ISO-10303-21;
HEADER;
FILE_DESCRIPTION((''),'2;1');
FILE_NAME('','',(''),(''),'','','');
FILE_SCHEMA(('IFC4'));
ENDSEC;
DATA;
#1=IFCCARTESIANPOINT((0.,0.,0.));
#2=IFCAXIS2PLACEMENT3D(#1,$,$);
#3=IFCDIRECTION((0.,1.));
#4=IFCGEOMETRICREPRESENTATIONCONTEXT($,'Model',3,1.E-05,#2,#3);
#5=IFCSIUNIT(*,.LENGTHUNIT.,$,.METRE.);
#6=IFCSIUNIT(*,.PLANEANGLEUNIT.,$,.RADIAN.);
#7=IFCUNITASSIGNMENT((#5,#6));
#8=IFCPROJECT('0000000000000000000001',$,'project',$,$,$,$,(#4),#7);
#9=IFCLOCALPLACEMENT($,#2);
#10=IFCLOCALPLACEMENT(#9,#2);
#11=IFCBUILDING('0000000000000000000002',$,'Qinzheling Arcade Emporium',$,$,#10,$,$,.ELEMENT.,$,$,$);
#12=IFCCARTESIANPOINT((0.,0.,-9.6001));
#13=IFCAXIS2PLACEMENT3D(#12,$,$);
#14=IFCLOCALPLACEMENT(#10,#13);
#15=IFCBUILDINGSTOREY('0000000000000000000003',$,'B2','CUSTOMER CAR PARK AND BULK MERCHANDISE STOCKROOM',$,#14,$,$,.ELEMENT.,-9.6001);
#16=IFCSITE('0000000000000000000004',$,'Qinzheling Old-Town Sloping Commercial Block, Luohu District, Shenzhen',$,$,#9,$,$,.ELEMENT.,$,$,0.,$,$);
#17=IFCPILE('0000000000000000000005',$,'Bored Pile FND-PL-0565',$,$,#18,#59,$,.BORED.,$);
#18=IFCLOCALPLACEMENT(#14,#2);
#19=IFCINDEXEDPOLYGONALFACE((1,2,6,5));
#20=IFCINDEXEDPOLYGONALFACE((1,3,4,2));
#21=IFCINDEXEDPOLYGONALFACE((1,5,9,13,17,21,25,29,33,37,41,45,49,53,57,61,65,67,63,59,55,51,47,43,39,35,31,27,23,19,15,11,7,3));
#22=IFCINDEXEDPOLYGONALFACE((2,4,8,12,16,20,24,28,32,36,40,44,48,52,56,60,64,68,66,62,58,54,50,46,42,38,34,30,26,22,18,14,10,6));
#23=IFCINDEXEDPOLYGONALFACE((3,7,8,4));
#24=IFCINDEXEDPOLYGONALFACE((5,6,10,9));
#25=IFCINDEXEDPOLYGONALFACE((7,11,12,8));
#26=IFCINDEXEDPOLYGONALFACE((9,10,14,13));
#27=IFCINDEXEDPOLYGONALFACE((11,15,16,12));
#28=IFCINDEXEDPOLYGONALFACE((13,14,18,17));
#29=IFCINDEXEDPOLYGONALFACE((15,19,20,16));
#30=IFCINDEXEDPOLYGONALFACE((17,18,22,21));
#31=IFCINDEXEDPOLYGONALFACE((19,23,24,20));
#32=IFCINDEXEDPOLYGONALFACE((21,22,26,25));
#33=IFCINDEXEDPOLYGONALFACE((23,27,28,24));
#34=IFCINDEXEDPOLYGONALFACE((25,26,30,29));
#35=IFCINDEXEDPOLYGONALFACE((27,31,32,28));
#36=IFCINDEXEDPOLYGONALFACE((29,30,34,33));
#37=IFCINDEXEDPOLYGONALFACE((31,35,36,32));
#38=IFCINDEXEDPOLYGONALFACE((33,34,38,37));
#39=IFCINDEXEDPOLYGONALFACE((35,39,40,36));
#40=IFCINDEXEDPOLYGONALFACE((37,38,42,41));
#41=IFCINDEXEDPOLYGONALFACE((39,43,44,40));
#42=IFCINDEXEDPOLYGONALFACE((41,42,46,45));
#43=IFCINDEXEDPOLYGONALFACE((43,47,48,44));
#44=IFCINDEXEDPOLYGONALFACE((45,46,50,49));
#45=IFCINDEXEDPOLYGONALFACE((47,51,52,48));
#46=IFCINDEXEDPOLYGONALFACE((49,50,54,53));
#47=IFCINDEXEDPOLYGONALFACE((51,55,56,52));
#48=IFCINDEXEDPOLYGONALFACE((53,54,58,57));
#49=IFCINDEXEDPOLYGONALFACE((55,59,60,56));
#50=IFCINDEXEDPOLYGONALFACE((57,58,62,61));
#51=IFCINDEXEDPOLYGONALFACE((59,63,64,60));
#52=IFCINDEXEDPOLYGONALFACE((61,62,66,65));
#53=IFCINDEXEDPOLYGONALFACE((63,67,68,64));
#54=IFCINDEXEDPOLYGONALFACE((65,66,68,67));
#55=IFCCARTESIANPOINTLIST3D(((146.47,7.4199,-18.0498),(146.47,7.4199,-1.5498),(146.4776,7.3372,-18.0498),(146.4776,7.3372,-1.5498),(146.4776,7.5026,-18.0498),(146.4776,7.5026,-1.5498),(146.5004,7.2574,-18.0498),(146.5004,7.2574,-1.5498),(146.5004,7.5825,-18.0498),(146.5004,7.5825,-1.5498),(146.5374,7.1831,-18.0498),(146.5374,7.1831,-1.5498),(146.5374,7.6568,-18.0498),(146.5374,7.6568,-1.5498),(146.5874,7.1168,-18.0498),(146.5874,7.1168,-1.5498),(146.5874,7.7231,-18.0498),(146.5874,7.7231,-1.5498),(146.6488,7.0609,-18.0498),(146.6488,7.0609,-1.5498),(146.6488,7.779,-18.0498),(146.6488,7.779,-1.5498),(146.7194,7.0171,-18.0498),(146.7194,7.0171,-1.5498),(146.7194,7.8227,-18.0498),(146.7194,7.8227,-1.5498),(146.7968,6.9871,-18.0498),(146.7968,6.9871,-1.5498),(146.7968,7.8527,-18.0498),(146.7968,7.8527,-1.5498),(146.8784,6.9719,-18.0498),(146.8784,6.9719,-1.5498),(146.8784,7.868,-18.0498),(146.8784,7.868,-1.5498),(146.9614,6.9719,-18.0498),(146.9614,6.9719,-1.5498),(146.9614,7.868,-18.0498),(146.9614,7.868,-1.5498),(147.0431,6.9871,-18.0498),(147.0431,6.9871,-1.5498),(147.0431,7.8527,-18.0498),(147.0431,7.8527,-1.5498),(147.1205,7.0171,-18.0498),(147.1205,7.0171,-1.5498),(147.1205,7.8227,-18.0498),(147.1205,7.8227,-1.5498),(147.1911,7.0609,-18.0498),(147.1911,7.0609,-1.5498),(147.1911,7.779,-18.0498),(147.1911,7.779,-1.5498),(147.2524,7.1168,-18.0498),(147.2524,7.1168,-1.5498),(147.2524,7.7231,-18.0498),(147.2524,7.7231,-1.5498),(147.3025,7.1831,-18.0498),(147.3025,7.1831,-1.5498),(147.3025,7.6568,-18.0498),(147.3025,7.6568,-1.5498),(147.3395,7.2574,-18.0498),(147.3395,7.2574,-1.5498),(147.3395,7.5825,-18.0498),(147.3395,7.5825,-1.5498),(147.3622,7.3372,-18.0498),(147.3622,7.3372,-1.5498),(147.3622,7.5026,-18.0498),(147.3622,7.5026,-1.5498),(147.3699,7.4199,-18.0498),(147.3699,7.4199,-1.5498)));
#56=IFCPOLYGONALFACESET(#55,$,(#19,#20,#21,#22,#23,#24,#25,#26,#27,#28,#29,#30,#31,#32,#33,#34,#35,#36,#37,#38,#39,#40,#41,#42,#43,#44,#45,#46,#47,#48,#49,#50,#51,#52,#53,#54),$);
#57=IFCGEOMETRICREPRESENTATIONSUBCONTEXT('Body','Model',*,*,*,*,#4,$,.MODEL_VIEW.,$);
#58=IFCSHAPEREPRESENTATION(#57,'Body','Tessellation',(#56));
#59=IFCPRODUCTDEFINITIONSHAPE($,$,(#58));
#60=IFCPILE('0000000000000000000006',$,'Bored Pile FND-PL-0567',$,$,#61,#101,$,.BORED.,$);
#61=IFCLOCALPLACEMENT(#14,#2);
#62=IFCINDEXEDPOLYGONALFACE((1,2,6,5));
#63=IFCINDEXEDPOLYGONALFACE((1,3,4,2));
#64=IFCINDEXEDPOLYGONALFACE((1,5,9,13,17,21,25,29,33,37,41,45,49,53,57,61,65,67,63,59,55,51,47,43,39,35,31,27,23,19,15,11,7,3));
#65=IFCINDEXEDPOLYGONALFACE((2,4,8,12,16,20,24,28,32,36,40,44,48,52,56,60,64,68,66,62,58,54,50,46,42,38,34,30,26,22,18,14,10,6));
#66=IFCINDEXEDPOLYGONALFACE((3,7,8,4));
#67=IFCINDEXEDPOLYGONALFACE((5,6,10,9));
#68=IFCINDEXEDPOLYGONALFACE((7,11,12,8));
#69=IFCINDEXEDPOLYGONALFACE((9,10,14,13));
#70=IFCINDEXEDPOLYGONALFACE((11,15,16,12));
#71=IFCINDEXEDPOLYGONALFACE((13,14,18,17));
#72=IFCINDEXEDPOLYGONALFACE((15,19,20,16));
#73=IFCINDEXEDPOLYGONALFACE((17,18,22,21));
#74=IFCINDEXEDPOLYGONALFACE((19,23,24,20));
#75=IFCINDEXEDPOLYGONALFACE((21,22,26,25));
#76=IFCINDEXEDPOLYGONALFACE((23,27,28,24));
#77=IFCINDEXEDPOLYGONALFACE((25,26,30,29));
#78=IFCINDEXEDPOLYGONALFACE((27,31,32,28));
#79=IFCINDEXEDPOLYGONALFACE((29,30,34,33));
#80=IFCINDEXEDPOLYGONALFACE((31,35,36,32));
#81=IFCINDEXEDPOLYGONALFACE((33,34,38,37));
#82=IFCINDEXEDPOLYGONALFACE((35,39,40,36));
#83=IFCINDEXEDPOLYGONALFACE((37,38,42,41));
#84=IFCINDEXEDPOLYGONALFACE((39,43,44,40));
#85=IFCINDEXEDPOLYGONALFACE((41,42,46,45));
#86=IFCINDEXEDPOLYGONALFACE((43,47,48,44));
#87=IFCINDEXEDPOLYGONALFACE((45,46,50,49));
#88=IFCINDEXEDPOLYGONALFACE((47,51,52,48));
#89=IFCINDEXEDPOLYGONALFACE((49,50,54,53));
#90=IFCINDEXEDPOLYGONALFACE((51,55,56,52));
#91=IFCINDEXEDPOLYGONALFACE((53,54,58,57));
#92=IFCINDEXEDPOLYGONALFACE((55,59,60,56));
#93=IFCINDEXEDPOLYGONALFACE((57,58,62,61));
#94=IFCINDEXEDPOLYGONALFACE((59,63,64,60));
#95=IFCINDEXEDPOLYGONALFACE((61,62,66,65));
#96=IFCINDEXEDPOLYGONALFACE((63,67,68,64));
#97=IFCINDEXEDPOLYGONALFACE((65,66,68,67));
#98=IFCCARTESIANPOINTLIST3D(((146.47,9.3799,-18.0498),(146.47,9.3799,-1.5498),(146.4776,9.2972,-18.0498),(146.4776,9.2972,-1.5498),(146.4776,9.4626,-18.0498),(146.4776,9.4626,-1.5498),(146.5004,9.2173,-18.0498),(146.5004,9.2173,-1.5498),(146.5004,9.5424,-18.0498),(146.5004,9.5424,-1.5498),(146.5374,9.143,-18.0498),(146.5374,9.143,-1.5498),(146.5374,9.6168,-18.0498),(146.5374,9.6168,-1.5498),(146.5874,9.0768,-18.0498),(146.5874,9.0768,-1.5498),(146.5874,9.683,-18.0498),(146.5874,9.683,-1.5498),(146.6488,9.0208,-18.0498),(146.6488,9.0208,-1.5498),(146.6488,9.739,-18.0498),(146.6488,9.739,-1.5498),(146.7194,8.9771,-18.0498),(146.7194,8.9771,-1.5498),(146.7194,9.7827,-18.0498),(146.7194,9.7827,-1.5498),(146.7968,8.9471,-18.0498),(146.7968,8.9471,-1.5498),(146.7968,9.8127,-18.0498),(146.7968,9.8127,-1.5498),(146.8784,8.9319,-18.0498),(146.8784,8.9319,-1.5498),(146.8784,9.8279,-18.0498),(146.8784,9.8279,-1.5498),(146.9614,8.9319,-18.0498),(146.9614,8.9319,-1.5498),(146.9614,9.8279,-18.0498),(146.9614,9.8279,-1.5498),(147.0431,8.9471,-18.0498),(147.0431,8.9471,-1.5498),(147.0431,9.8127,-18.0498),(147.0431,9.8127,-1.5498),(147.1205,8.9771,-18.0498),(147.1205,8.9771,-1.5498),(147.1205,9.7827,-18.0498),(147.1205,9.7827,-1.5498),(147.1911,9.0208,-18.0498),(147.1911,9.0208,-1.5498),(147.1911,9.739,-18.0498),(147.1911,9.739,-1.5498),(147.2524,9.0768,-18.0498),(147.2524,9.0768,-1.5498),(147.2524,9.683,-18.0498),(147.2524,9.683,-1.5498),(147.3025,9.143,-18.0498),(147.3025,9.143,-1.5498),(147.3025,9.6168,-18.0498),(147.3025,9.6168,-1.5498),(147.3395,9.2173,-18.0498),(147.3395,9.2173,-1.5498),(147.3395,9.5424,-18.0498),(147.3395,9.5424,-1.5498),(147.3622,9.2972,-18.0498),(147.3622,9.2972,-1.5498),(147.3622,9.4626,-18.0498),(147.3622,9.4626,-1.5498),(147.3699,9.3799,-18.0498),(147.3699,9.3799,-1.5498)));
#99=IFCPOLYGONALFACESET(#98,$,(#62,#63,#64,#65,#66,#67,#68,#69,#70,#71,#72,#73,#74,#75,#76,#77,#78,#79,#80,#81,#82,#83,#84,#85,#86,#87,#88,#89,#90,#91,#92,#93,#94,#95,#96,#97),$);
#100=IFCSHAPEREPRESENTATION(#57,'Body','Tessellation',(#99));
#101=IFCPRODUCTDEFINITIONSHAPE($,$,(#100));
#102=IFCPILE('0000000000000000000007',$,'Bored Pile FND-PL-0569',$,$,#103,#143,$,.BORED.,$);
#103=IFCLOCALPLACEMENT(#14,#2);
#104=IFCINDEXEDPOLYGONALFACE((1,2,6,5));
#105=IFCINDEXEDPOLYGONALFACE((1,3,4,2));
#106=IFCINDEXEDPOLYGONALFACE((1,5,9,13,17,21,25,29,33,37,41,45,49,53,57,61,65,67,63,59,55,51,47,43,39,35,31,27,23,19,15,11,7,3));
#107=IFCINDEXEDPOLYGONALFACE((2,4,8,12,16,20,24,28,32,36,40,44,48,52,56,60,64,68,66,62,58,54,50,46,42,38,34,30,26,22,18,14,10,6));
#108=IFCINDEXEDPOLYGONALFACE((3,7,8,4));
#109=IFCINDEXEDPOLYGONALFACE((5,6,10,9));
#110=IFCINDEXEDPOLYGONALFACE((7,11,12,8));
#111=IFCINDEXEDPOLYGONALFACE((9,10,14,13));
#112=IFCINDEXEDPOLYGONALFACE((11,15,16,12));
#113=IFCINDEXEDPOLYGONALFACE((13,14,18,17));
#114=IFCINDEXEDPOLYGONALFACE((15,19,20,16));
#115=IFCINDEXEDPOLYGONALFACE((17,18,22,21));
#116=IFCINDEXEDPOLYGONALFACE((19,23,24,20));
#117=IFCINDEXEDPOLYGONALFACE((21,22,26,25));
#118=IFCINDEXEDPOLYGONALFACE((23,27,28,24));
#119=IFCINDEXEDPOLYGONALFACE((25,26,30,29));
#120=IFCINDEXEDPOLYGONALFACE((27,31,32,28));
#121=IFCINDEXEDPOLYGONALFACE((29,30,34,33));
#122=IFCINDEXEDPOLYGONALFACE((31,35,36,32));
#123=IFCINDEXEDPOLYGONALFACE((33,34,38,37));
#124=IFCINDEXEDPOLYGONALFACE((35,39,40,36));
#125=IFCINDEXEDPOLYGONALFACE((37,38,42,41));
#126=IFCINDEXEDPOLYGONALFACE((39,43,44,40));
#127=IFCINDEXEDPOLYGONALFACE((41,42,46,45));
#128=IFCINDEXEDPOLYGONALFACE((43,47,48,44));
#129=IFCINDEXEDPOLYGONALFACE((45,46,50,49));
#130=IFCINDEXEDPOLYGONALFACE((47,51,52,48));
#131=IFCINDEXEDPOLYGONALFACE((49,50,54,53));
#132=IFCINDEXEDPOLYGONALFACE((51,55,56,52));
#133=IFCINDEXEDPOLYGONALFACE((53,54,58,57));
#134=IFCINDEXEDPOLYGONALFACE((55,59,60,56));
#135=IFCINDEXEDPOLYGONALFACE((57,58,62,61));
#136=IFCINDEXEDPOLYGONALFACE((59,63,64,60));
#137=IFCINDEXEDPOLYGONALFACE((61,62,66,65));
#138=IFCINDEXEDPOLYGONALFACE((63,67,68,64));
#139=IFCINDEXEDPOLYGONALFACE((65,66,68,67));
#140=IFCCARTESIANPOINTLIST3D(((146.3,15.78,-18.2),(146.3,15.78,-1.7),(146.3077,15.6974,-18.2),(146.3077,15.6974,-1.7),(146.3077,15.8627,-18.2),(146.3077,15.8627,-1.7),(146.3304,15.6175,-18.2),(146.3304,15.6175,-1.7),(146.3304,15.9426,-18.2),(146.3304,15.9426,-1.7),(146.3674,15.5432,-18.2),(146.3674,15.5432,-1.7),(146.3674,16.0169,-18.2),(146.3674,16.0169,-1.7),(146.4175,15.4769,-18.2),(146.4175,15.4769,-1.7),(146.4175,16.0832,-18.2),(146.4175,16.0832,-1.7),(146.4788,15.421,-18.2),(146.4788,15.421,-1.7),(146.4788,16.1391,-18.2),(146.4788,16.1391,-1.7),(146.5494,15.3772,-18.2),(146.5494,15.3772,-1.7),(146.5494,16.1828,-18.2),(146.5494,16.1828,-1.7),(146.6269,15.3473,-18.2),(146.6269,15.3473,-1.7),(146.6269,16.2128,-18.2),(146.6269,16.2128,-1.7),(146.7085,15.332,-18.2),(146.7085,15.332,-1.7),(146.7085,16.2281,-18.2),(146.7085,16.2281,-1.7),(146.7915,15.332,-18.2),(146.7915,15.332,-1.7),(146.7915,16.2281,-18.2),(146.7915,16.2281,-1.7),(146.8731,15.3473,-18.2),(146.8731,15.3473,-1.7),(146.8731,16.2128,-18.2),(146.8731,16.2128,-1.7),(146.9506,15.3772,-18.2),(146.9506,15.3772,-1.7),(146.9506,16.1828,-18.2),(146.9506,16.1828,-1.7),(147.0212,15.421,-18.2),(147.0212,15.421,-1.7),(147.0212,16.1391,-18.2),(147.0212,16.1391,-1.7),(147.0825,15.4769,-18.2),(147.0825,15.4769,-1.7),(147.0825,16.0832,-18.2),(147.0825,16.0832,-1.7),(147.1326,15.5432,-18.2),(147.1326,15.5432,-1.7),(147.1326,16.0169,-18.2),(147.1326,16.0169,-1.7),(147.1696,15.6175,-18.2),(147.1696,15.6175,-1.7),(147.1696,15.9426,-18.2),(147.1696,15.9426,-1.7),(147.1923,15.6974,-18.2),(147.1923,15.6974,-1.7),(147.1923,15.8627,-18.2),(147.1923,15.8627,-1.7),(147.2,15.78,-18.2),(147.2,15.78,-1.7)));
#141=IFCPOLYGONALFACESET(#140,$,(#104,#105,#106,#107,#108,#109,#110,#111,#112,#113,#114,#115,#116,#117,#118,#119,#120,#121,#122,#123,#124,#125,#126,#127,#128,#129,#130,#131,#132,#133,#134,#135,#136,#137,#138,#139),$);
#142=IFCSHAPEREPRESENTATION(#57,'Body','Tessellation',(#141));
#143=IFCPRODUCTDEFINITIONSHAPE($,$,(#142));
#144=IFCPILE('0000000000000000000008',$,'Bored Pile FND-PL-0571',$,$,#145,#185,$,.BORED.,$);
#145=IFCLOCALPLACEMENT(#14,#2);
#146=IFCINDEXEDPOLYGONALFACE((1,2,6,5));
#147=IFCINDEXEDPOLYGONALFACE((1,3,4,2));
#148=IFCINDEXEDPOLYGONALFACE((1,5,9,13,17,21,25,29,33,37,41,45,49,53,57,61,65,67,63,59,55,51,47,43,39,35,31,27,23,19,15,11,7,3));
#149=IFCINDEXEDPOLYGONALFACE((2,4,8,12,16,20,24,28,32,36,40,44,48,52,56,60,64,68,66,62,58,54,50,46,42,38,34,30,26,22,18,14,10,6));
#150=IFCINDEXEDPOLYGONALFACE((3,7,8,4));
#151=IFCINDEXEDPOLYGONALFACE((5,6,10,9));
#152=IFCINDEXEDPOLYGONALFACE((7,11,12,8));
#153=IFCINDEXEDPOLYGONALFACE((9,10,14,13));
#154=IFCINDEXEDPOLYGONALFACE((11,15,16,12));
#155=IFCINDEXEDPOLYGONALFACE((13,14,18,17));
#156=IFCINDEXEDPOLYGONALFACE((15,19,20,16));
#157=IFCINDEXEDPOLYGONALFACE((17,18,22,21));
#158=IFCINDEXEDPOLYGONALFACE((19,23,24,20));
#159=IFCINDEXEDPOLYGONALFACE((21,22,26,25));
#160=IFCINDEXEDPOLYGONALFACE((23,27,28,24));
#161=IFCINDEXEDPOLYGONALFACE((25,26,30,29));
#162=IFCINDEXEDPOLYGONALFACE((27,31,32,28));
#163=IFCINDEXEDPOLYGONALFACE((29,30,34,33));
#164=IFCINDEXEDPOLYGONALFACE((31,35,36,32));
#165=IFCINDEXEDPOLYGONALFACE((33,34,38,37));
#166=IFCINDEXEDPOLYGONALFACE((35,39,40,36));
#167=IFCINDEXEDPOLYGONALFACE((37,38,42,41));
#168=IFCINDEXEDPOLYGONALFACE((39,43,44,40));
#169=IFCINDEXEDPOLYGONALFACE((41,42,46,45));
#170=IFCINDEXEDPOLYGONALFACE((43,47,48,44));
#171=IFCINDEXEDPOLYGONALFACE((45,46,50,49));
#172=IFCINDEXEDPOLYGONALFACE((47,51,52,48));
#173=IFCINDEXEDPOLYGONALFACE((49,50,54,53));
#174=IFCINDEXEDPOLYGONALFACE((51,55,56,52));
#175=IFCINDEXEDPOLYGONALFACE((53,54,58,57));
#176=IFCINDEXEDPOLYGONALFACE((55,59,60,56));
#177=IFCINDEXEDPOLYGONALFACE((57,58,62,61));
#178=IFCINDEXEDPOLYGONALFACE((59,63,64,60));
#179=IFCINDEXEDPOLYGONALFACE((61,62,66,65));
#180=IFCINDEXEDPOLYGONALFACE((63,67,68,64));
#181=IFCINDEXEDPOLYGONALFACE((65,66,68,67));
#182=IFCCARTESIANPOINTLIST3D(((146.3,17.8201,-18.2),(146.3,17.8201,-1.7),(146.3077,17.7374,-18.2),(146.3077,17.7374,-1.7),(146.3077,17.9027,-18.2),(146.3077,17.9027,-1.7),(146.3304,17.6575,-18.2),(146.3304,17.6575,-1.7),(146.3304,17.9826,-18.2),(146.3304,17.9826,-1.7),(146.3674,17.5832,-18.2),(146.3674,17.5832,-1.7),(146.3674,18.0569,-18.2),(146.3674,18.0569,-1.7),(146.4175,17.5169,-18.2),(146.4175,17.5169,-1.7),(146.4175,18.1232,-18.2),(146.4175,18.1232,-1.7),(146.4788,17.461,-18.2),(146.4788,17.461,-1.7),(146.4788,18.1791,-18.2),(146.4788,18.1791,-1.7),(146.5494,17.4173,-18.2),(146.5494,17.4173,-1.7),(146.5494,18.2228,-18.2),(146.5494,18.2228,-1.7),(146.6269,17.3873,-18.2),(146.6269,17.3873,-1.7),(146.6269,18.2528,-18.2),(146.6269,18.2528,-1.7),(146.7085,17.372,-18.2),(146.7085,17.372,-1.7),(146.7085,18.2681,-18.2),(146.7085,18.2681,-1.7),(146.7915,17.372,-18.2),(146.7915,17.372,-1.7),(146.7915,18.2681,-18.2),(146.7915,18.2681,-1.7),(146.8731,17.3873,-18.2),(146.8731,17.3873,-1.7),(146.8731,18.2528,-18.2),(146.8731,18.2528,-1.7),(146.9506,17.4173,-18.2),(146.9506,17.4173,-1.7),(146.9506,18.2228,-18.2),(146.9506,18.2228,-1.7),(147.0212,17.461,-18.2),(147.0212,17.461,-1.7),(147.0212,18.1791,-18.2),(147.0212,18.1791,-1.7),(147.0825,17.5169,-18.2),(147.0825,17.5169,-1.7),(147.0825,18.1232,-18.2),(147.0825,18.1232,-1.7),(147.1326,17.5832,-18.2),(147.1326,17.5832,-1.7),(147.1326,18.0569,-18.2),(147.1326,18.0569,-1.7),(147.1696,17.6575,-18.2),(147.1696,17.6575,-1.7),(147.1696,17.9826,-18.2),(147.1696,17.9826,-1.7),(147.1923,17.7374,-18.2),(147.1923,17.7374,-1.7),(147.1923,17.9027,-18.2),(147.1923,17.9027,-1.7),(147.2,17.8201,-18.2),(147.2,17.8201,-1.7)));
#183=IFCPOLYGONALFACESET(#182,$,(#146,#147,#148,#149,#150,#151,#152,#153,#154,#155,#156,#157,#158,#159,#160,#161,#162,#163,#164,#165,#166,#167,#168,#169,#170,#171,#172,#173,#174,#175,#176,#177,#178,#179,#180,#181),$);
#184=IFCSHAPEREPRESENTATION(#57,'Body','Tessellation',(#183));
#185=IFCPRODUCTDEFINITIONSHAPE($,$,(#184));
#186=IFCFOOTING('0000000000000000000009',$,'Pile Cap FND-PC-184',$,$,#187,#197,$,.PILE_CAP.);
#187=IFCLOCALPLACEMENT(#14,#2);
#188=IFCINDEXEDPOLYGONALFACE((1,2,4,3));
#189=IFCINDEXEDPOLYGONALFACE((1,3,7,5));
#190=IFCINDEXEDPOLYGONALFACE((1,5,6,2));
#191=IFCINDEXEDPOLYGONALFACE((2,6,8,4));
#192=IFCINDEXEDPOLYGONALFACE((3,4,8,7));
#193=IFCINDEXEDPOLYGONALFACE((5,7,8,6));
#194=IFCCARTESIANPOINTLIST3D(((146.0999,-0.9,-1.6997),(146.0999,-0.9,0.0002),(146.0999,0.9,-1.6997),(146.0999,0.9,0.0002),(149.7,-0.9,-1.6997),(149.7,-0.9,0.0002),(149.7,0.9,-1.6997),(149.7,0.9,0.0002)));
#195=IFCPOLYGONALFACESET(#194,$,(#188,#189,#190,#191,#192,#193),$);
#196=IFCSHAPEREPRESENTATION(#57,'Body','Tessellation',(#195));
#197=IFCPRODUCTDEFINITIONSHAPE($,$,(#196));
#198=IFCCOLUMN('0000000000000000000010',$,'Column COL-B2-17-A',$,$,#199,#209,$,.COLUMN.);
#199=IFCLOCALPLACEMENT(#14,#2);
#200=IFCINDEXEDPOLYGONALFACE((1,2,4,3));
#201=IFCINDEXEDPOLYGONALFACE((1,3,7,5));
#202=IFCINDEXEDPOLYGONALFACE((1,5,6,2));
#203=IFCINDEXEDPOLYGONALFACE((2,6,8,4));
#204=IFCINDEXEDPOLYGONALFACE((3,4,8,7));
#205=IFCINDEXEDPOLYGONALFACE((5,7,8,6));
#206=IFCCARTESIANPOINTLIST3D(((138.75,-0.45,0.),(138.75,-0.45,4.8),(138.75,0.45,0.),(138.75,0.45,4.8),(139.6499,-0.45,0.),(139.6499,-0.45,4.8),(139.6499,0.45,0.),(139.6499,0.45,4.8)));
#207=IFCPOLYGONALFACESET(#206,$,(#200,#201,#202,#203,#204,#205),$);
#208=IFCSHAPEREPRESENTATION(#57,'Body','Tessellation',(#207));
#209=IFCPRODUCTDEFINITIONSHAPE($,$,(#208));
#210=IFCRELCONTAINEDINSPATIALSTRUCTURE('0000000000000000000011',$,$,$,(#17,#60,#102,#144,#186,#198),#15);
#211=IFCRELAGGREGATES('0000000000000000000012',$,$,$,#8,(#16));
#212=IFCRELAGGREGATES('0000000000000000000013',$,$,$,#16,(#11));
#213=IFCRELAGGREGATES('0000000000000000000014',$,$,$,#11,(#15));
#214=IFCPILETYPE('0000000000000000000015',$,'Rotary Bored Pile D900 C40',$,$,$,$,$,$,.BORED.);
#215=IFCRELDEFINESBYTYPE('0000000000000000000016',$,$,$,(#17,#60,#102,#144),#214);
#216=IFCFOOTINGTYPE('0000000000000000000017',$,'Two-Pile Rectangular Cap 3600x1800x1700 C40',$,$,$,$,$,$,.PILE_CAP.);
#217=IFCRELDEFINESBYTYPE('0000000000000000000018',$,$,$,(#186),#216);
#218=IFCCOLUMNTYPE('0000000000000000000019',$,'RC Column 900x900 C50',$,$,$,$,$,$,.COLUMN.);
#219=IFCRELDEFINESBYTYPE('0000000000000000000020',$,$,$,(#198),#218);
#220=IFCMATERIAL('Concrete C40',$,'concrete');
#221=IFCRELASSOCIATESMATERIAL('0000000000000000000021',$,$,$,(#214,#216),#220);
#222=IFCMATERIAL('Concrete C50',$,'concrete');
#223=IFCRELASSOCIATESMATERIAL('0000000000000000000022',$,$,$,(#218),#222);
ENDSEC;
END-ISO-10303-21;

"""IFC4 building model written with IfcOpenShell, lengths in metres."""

from ifc_helpers import new_model, si_unit, direction, frame, origin, origin_2d, place, context, subcontext, project, spatial, rectangle, circle, extrude, material, material_profile, profile_set, type_object, element, save


model = new_model("IFC4")

# Units and contexts
model_context = context("Model", 3, precision=1e-05, world=origin(), true_north=direction((0.0, 1.0)))
body_context = subcontext(model_context, "Body", "Model", "MODEL_VIEW")
ifc_project = project(units=[si_unit("LENGTHUNIT", "METRE"), si_unit("PLANEANGLEUNIT", "RADIAN")], contexts=[model_context])

# Site, building, storey
site_placement = place(None, origin())
site = spatial("IfcSite", under=ifc_project, at=site_placement, Name="Qinzheling Old-Town Sloping Commercial Block, Luohu District, Shenzhen", CompositionType="ELEMENT", RefElevation=0.0)
building_placement = place(site_placement, origin())
building = spatial("IfcBuilding", under=site, at=building_placement, Name="Qinzheling Arcade Emporium", CompositionType="ELEMENT")
storey_placement = place(building_placement, frame((0.0, 0.0, -9.6001)))
storey = spatial("IfcBuildingStorey", under=building, at=storey_placement, Name="B2", Description="CUSTOMER CAR PARK AND BULK MERCHANDISE STOCKROOM", CompositionType="ELEMENT", Elevation=-9.6001)

# Shared definitions
ifc_material_1 = material(Name="Concrete C40", Category="concrete")

# Piles
ifc_material_profile_1 = material_profile(ifc_material_1, circle(Radius=0.45, at=origin_2d()), Name="BORED D900", Category="concrete")
ifc_profile_set_1 = profile_set([ifc_material_profile_1], Name="Concrete C40")
pile_type = type_object("IfcPileType", Name="Rotary Bored Pile D900 C40", PredefinedType="BORED", material=ifc_profile_set_1)
for number, where, z_axis, x_axis, name in (
    (1, (146.9199, 7.4199, -1.5498), (0.0, 0.0, -1.0), (1.0, 0.0, 0.0), "Bored Pile FND-PL-0565"),
    (2, (146.9199, 9.3799, -1.5498), (0.0, 0.0, -1.0), (1.0, 0.0, 0.0), "Bored Pile FND-PL-0567"),
    (3, (146.75, 15.78, -1.7), (0.0, 0.0, -1.0), (1.0, 0.0, 0.0), "Bored Pile FND-PL-0569"),
    (4, (146.75, 17.8201, -1.7), (0.0, 0.0, -1.0), (1.0, 0.0, 0.0), "Bored Pile FND-PL-0571"),
):
    element("IfcPile", number, at=place(storey_placement, frame(where, z_axis=z_axis, x_axis=x_axis)), inside=storey, type_object=pile_type, Name=name, PredefinedType="BORED", context=body_context, shape_type="SweptSolid", body=[
        extrude(circle(Radius=0.45, at=origin_2d()), origin(), (0.0, 0.0, 1.0), 16.5),
    ])

# Footing
footing_type_1 = type_object("IfcFootingType", Name="Two-Pile Rectangular Cap 3600x1800x1700 C40", PredefinedType="PILE_CAP", material=ifc_material_1)
footing_1_placement = place(storey_placement, frame((147.8999, 0.0, -1.6997), z_axis=(0.0, 0.0, 1.0), x_axis=(1.0, 0.0, 0.0)))
element("IfcFooting", 5, at=footing_1_placement, inside=storey, type_object=footing_type_1, Name="Pile Cap FND-PC-184", PredefinedType="PILE_CAP", context=body_context, shape_type="SweptSolid", body=[
    extrude(rectangle(XDim=3.6001, YDim=1.8, at=origin_2d()), origin(), (0.0, 0.0, 1.0), 1.7),
])

# Column
ifc_material_2 = material(Name="Concrete C50", Category="concrete")
ifc_material_profile_2 = material_profile(ifc_material_2, rectangle(XDim=0.8999, YDim=0.8999, at=origin_2d()), Name="RC 900x900", Category="concrete")
ifc_profile_set_2 = profile_set([ifc_material_profile_2], Name="Concrete C50")
column_type = type_object("IfcColumnType", Name="RC Column 900x900 C50", PredefinedType="COLUMN", material=ifc_profile_set_2)
for number, where, z_axis, x_axis, name in (
    (6, (139.2, 0.0, 0.0), (0.0, 0.0, 1.0), (1.0, 0.0, 0.0), "Column COL-B2-17-A"),
):
    element("IfcColumn", number, at=place(storey_placement, frame(where, z_axis=z_axis, x_axis=x_axis)), inside=storey, type_object=column_type, Name=name, PredefinedType="COLUMN", context=body_context, shape_type="SweptSolid", body=[
        extrude(rectangle(XDim=0.8999, YDim=0.8999, at=origin_2d()), origin(), (0.0, 0.0, 1.0), 4.8),
    ])

save(model, "model.ifc")
